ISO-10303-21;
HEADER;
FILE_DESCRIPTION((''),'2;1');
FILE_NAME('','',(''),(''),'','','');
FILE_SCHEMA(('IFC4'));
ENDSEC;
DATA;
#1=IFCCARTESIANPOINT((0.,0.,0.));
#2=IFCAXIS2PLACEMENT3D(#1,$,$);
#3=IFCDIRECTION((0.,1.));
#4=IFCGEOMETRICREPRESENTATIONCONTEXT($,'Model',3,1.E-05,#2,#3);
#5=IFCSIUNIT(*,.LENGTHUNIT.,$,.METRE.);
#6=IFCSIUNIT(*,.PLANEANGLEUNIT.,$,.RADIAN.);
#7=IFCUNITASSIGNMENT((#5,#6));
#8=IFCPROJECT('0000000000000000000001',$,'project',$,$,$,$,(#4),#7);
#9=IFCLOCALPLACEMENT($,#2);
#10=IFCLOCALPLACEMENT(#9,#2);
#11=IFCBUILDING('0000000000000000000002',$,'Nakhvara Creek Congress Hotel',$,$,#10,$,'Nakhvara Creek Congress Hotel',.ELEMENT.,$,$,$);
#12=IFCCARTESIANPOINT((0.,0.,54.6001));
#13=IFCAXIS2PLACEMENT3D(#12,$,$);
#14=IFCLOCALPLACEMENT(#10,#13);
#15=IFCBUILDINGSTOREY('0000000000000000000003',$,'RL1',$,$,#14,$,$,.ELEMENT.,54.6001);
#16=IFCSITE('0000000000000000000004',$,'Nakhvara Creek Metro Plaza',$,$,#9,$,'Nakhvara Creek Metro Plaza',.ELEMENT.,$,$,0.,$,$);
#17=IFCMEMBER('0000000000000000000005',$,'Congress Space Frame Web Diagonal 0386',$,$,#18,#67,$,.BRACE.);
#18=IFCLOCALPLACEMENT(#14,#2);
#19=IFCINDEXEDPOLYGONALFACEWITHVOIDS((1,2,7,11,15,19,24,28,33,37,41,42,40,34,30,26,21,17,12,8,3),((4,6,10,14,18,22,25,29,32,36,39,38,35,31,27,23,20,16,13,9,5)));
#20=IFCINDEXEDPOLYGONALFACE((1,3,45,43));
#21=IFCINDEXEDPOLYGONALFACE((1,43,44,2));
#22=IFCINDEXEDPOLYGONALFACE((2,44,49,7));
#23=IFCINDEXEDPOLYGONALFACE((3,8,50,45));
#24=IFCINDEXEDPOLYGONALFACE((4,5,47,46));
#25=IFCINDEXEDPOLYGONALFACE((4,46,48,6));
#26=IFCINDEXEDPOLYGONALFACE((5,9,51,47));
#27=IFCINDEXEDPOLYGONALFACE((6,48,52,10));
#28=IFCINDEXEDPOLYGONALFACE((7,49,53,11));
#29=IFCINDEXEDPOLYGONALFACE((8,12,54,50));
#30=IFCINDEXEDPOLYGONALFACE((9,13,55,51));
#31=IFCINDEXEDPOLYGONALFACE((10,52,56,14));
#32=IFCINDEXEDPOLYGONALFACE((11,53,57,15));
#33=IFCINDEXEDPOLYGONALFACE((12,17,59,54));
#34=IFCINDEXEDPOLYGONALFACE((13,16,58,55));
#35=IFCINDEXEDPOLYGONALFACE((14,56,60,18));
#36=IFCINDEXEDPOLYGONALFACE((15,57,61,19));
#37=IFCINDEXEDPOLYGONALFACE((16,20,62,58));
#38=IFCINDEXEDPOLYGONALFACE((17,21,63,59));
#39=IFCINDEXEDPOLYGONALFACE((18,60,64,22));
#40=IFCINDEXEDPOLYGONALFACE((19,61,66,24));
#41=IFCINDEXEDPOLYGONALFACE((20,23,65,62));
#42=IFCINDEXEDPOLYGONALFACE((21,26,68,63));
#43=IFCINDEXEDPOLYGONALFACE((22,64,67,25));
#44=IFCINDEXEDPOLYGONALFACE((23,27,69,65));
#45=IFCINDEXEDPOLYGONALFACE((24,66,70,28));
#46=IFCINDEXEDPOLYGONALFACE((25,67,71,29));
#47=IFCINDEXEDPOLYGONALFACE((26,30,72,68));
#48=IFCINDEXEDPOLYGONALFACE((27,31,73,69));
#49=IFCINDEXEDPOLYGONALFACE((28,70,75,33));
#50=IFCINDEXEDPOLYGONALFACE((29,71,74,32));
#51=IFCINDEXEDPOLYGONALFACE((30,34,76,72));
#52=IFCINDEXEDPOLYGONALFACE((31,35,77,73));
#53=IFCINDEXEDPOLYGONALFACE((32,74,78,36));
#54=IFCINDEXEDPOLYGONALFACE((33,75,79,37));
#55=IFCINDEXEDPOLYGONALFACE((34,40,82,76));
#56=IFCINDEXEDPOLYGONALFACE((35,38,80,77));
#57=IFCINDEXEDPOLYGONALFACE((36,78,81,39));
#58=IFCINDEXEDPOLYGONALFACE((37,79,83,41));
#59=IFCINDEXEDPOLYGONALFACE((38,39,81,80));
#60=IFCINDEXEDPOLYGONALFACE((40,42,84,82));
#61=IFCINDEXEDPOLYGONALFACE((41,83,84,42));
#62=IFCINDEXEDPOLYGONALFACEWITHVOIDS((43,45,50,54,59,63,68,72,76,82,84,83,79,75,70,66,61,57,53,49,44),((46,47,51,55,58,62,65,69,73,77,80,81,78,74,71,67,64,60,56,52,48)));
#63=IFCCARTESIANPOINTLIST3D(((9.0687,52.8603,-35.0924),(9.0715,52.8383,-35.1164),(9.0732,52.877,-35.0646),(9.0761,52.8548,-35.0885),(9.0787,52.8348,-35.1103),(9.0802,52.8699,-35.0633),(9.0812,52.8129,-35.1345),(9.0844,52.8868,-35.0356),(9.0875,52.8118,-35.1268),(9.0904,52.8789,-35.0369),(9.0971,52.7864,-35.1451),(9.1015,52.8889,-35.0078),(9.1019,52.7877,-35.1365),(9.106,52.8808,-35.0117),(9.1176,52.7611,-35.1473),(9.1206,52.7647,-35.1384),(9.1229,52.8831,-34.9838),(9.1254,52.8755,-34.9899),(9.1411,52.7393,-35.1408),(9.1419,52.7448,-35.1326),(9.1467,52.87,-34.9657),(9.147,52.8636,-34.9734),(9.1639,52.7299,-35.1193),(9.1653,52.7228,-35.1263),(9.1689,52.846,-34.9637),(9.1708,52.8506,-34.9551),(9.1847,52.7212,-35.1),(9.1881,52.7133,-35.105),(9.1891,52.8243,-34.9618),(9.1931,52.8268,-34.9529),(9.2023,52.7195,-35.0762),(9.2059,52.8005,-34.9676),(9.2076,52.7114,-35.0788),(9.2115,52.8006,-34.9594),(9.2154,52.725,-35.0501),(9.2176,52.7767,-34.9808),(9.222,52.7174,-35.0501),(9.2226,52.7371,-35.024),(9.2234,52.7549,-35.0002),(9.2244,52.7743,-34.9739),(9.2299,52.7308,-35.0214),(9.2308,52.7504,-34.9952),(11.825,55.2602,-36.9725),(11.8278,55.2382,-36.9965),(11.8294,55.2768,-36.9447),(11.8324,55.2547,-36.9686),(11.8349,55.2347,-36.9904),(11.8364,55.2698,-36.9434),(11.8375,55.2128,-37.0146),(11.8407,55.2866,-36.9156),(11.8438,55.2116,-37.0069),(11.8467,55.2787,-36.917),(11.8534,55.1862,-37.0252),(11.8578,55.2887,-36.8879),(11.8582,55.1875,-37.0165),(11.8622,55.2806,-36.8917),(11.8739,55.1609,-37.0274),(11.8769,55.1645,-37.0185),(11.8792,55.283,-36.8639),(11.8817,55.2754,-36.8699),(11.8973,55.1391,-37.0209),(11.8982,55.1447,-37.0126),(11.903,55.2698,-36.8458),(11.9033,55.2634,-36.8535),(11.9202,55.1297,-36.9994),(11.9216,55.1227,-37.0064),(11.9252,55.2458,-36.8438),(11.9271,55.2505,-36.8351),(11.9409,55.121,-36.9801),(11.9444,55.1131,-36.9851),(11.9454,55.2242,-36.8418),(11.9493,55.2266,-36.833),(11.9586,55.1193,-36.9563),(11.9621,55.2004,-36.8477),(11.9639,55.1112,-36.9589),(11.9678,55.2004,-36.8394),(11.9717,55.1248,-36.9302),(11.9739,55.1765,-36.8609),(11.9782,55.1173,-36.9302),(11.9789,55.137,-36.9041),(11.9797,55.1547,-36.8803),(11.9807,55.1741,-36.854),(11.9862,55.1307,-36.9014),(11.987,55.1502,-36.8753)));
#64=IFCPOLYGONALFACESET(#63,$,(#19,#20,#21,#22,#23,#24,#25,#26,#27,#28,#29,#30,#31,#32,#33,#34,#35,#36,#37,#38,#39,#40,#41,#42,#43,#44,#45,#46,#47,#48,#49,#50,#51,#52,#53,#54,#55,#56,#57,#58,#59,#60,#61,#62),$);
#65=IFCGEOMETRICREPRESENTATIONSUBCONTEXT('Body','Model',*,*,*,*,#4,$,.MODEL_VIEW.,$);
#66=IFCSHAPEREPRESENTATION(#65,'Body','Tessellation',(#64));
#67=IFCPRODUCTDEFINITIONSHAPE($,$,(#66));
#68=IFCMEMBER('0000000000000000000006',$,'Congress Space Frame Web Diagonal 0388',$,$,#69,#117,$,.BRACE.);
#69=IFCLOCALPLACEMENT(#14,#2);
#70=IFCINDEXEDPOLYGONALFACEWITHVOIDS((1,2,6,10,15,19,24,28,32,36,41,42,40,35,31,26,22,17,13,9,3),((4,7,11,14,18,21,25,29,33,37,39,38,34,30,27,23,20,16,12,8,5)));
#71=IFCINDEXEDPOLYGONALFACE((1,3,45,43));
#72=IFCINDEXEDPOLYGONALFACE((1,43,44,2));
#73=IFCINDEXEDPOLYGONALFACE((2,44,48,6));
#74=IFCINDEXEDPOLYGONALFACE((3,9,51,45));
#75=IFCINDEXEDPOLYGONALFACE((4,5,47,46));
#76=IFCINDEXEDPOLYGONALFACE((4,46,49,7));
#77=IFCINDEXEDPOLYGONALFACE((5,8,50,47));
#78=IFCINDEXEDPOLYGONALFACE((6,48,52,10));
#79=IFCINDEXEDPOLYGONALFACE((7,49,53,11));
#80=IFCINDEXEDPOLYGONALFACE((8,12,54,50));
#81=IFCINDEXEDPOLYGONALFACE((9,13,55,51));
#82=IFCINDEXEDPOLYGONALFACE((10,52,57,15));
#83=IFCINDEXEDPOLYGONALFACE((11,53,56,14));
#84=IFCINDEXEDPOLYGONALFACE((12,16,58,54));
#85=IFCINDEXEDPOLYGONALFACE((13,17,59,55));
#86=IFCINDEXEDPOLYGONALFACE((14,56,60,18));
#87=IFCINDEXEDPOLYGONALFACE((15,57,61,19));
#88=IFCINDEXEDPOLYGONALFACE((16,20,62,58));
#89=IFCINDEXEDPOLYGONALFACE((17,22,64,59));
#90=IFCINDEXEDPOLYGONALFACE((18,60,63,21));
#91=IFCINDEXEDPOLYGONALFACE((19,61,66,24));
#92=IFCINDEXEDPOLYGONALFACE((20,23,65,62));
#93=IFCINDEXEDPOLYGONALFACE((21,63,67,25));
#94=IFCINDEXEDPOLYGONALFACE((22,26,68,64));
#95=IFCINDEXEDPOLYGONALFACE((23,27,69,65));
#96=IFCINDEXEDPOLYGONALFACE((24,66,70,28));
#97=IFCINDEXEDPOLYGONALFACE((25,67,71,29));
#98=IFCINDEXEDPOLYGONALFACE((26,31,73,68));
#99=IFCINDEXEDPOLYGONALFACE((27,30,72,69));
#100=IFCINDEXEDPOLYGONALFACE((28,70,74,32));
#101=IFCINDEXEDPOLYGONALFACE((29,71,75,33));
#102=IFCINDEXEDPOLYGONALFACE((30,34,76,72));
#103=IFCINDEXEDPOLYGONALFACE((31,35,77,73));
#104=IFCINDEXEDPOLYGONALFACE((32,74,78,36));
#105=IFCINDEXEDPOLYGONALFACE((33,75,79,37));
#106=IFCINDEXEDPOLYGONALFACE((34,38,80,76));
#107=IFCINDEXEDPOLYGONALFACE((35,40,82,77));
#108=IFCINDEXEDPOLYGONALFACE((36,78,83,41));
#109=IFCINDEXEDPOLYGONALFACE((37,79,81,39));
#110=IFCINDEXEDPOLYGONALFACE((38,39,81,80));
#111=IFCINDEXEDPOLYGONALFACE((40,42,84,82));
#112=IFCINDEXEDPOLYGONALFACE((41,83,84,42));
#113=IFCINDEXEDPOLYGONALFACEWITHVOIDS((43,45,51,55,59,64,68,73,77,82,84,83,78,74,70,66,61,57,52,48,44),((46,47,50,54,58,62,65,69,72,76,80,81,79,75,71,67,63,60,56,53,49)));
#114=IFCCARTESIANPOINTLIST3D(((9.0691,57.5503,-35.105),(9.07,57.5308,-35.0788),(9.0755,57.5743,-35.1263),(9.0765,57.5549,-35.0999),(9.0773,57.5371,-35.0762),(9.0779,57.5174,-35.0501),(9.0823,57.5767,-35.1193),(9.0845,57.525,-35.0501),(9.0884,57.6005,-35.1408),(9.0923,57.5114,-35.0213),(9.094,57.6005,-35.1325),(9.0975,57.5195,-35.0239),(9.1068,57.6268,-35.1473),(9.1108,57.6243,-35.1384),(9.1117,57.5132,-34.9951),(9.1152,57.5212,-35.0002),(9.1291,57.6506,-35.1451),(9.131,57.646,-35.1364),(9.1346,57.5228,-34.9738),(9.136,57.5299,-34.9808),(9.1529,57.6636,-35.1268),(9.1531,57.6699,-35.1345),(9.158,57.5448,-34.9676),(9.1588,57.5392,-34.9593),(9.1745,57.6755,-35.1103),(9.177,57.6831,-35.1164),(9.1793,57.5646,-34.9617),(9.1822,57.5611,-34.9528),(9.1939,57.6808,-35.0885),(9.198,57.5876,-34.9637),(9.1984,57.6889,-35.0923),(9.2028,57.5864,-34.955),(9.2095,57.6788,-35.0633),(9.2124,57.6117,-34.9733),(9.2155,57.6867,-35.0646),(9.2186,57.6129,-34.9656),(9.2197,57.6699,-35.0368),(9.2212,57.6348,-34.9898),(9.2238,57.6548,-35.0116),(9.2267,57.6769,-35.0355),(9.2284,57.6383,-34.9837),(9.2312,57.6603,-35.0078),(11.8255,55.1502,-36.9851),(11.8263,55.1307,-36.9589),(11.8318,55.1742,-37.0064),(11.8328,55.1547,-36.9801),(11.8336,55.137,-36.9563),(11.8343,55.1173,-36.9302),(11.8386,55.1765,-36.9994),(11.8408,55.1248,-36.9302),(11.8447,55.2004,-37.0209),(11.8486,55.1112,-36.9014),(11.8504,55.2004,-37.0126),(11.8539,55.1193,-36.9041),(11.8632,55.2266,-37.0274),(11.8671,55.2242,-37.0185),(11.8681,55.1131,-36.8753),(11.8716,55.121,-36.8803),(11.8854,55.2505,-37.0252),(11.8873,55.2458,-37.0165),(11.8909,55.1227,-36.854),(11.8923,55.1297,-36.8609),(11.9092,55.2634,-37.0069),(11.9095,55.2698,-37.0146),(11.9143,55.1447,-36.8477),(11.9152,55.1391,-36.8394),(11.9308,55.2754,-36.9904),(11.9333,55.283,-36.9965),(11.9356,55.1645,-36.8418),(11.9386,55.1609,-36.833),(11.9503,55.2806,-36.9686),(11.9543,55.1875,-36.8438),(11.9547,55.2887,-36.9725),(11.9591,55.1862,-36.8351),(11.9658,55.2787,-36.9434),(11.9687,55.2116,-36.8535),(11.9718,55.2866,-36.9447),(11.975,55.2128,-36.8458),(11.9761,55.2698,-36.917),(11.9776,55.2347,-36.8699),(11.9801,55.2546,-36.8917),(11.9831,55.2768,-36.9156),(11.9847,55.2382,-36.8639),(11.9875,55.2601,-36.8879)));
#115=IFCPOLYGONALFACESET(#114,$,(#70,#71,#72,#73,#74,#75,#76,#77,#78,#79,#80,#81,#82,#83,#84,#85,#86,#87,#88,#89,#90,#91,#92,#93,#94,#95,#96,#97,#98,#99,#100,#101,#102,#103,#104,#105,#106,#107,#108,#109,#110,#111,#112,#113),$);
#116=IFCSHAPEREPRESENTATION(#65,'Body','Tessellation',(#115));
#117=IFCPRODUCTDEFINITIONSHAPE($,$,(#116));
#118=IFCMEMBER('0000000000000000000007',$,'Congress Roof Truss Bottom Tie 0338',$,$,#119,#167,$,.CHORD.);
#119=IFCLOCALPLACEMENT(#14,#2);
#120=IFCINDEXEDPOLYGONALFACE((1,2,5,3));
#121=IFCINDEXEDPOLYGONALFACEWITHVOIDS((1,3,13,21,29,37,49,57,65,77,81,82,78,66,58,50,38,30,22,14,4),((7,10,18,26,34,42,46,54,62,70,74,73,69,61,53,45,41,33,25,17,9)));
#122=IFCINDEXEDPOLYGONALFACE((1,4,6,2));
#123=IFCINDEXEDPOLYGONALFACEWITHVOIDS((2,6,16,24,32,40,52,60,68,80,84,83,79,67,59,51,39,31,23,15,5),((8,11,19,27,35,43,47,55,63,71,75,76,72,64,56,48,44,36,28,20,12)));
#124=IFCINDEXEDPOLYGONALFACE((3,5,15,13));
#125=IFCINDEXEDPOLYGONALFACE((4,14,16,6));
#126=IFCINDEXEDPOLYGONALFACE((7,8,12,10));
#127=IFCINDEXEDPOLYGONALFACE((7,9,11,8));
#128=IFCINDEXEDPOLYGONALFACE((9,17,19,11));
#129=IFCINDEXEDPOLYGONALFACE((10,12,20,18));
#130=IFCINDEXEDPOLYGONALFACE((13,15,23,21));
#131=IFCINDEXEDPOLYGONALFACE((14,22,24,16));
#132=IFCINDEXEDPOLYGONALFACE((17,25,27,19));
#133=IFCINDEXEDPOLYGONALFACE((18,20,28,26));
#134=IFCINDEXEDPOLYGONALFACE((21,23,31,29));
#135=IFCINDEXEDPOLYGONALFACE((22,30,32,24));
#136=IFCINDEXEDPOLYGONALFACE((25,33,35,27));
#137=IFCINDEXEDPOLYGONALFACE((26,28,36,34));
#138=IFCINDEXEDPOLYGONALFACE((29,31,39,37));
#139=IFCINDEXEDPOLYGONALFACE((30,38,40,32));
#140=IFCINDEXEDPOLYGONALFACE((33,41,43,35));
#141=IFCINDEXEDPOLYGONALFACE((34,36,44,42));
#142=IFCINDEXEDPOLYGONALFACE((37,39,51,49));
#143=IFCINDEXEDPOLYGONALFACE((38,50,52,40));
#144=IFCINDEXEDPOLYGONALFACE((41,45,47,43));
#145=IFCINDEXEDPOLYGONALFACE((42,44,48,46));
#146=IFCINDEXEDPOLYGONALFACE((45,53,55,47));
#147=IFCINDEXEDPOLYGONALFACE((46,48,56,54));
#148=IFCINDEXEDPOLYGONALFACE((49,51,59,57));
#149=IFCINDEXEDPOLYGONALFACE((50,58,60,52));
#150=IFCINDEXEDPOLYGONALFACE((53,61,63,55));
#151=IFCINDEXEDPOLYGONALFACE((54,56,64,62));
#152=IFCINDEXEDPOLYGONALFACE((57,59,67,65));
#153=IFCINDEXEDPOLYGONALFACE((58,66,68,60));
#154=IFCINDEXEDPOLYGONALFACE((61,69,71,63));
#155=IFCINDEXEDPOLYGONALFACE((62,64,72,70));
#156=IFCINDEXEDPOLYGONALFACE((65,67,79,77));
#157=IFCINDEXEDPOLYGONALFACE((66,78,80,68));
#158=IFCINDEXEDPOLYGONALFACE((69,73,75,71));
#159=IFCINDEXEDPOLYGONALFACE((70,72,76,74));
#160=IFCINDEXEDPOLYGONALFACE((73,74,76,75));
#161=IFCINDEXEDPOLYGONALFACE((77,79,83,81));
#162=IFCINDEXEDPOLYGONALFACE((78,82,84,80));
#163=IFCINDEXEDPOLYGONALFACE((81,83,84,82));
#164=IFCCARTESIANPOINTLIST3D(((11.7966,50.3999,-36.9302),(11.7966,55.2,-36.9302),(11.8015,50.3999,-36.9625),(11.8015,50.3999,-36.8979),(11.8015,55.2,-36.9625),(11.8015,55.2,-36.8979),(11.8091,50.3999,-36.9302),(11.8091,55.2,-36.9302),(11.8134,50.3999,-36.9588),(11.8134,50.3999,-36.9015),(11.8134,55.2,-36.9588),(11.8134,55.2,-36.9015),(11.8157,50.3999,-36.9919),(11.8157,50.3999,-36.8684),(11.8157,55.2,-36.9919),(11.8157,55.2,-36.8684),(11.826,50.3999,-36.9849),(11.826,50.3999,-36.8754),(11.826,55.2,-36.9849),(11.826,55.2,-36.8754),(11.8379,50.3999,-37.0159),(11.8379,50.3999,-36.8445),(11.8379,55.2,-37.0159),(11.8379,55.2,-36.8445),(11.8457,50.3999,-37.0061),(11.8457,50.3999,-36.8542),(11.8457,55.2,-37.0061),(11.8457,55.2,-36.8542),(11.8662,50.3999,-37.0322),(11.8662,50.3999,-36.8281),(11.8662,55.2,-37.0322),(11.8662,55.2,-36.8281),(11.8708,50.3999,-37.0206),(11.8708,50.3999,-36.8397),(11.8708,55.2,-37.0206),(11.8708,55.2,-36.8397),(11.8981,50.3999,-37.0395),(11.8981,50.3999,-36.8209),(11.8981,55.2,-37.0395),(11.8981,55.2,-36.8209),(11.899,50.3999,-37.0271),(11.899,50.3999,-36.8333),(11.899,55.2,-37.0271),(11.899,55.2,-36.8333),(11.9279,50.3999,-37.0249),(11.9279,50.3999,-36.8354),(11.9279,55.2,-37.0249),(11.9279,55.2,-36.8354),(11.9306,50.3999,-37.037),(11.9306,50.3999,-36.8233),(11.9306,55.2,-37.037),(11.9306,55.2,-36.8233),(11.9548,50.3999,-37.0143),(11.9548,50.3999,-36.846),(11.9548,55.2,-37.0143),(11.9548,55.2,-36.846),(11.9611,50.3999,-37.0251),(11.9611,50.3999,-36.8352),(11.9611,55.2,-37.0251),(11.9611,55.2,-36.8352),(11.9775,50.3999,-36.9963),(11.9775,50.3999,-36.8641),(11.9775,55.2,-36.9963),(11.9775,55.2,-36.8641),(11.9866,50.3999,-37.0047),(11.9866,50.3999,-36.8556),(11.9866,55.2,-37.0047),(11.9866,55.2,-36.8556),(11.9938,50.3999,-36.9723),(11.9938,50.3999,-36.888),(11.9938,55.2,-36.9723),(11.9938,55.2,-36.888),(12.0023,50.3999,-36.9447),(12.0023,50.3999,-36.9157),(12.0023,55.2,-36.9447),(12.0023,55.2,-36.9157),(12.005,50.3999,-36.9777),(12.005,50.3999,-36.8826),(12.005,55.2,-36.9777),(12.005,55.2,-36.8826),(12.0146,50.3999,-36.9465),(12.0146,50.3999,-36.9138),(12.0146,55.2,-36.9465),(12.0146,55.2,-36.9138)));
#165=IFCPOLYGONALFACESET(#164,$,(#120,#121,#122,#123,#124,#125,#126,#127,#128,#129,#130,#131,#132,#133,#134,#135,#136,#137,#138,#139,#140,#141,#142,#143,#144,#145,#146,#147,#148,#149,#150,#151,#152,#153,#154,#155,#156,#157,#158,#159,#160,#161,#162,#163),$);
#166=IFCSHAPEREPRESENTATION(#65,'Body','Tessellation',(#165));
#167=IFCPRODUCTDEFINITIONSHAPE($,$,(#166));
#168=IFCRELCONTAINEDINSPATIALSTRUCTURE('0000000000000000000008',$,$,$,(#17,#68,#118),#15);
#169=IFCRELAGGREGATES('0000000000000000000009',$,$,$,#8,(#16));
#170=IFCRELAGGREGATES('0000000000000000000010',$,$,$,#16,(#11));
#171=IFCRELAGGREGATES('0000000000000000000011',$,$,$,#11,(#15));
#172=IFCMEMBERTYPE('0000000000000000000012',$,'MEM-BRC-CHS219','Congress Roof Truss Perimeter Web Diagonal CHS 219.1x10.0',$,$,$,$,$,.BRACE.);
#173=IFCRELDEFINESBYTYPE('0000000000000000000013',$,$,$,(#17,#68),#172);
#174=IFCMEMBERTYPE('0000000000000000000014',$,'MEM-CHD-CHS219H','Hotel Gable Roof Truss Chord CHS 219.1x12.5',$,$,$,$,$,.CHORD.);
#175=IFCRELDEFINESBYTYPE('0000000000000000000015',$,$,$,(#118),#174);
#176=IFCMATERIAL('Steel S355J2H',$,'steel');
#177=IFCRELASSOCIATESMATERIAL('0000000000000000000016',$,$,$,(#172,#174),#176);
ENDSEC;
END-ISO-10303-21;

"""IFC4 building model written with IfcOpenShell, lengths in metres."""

from ifc_helpers import new_model, si_unit, direction, frame, origin, origin_2d, place, context, subcontext, project, spatial, hollow_circle, extrude, material, material_profile, profile_set, type_object, element, save


model = new_model("IFC4")

# Units and contexts
model_context = context("Model", 3, precision=1e-05, world=origin(), true_north=direction((0.0, 1.0)))
body_context = subcontext(model_context, "Body", "Model", "MODEL_VIEW")
ifc_project = project(units=[si_unit("LENGTHUNIT", "METRE"), si_unit("PLANEANGLEUNIT", "RADIAN")], contexts=[model_context])

# Site, building, storey
site_placement = place(None, origin())
site = spatial("IfcSite", under=ifc_project, at=site_placement, Name="Nakhvara Creek Metro Plaza", LongName="Nakhvara Creek Metro Plaza", CompositionType="ELEMENT", RefElevation=0.0)
building_placement = place(site_placement, origin())
building = spatial("IfcBuilding", under=site, at=building_placement, Name="Nakhvara Creek Congress Hotel", LongName="Nakhvara Creek Congress Hotel", CompositionType="ELEMENT")
storey_placement = place(building_placement, frame((0.0, 0.0, 54.6001)))
storey = spatial("IfcBuildingStorey", under=building, at=storey_placement, Name="RL1", CompositionType="ELEMENT", Elevation=54.6001)

# Members
ifc_material_1 = material(Name="Steel S355J2H", Category="steel")
ifc_material_profile_1 = material_profile(ifc_material_1, hollow_circle(Radius=0.1096, WallThickness=0.01, at=origin_2d()), Name="CHS 219.1x10.0", Category="LoadBearing")
ifc_profile_set_1 = profile_set([ifc_material_profile_1], Name="Steel S355J2H")
member_type_1 = type_object("IfcMemberType", Name="MEM-BRC-CHS219", Description="Congress Roof Truss Perimeter Web Diagonal CHS 219.1x10.0", PredefinedType="BRACE", material=ifc_profile_set_1)
member_1_placement = place(storey_placement, frame((11.9062, 55.2, -36.9302), z_axis=(-0.670649, -0.583922, 0.457455), x_axis=(0.656658, -0.754188, 0.0)))
element("IfcMember", 1, at=member_1_placement, inside=storey, type_object=member_type_1, Name="Congress Space Frame Web Diagonal 0386", PredefinedType="BRACE", context=body_context, shape_type="SweptSolid", body=[
    extrude(hollow_circle(Radius=0.1096, WallThickness=0.01, at=origin_2d()), origin(), (0.0, 0.0, 1.0), 4.1099),
])
member_2_placement = place(storey_placement, frame((11.9062, 55.2, -36.9302), z_axis=(-0.670626, 0.583961, 0.457439), x_axis=(-0.656696, -0.754155, 0.0)))
element("IfcMember", 2, at=member_2_placement, inside=storey, type_object=member_type_1, Name="Congress Space Frame Web Diagonal 0388", PredefinedType="BRACE", context=body_context, shape_type="SweptSolid", body=[
    extrude(hollow_circle(Radius=0.1096, WallThickness=0.01, at=origin_2d()), origin(), (0.0, 0.0, 1.0), 4.1101),
])
ifc_material_profile_2 = material_profile(ifc_material_1, hollow_circle(Radius=0.1096, WallThickness=0.0125, at=origin_2d()), Name="CHS 219.1x12.5", Category="LoadBearing")
ifc_profile_set_2 = profile_set([ifc_material_profile_2], Name="Steel S355J2H")
member_type_2 = type_object("IfcMemberType", Name="MEM-CHD-CHS219H", Description="Hotel Gable Roof Truss Chord CHS 219.1x12.5", PredefinedType="CHORD", material=ifc_profile_set_2)
for number, where, z_axis, x_axis, name in (
    (3, (11.9062, 50.3999, -36.9302), (0.0, 1.0, 0.0), (-1.0, 0.0, 0.0), "Congress Roof Truss Bottom Tie 0338"),
):
    element("IfcMember", number, at=place(storey_placement, frame(where, z_axis=z_axis, x_axis=x_axis)), inside=storey, type_object=member_type_2, Name=name, PredefinedType="CHORD", context=body_context, shape_type="SweptSolid", body=[
        extrude(hollow_circle(Radius=0.1096, WallThickness=0.0125, at=origin_2d()), origin(), (0.0, 0.0, 1.0), 4.8),
    ])

save(model, "model.ifc")
